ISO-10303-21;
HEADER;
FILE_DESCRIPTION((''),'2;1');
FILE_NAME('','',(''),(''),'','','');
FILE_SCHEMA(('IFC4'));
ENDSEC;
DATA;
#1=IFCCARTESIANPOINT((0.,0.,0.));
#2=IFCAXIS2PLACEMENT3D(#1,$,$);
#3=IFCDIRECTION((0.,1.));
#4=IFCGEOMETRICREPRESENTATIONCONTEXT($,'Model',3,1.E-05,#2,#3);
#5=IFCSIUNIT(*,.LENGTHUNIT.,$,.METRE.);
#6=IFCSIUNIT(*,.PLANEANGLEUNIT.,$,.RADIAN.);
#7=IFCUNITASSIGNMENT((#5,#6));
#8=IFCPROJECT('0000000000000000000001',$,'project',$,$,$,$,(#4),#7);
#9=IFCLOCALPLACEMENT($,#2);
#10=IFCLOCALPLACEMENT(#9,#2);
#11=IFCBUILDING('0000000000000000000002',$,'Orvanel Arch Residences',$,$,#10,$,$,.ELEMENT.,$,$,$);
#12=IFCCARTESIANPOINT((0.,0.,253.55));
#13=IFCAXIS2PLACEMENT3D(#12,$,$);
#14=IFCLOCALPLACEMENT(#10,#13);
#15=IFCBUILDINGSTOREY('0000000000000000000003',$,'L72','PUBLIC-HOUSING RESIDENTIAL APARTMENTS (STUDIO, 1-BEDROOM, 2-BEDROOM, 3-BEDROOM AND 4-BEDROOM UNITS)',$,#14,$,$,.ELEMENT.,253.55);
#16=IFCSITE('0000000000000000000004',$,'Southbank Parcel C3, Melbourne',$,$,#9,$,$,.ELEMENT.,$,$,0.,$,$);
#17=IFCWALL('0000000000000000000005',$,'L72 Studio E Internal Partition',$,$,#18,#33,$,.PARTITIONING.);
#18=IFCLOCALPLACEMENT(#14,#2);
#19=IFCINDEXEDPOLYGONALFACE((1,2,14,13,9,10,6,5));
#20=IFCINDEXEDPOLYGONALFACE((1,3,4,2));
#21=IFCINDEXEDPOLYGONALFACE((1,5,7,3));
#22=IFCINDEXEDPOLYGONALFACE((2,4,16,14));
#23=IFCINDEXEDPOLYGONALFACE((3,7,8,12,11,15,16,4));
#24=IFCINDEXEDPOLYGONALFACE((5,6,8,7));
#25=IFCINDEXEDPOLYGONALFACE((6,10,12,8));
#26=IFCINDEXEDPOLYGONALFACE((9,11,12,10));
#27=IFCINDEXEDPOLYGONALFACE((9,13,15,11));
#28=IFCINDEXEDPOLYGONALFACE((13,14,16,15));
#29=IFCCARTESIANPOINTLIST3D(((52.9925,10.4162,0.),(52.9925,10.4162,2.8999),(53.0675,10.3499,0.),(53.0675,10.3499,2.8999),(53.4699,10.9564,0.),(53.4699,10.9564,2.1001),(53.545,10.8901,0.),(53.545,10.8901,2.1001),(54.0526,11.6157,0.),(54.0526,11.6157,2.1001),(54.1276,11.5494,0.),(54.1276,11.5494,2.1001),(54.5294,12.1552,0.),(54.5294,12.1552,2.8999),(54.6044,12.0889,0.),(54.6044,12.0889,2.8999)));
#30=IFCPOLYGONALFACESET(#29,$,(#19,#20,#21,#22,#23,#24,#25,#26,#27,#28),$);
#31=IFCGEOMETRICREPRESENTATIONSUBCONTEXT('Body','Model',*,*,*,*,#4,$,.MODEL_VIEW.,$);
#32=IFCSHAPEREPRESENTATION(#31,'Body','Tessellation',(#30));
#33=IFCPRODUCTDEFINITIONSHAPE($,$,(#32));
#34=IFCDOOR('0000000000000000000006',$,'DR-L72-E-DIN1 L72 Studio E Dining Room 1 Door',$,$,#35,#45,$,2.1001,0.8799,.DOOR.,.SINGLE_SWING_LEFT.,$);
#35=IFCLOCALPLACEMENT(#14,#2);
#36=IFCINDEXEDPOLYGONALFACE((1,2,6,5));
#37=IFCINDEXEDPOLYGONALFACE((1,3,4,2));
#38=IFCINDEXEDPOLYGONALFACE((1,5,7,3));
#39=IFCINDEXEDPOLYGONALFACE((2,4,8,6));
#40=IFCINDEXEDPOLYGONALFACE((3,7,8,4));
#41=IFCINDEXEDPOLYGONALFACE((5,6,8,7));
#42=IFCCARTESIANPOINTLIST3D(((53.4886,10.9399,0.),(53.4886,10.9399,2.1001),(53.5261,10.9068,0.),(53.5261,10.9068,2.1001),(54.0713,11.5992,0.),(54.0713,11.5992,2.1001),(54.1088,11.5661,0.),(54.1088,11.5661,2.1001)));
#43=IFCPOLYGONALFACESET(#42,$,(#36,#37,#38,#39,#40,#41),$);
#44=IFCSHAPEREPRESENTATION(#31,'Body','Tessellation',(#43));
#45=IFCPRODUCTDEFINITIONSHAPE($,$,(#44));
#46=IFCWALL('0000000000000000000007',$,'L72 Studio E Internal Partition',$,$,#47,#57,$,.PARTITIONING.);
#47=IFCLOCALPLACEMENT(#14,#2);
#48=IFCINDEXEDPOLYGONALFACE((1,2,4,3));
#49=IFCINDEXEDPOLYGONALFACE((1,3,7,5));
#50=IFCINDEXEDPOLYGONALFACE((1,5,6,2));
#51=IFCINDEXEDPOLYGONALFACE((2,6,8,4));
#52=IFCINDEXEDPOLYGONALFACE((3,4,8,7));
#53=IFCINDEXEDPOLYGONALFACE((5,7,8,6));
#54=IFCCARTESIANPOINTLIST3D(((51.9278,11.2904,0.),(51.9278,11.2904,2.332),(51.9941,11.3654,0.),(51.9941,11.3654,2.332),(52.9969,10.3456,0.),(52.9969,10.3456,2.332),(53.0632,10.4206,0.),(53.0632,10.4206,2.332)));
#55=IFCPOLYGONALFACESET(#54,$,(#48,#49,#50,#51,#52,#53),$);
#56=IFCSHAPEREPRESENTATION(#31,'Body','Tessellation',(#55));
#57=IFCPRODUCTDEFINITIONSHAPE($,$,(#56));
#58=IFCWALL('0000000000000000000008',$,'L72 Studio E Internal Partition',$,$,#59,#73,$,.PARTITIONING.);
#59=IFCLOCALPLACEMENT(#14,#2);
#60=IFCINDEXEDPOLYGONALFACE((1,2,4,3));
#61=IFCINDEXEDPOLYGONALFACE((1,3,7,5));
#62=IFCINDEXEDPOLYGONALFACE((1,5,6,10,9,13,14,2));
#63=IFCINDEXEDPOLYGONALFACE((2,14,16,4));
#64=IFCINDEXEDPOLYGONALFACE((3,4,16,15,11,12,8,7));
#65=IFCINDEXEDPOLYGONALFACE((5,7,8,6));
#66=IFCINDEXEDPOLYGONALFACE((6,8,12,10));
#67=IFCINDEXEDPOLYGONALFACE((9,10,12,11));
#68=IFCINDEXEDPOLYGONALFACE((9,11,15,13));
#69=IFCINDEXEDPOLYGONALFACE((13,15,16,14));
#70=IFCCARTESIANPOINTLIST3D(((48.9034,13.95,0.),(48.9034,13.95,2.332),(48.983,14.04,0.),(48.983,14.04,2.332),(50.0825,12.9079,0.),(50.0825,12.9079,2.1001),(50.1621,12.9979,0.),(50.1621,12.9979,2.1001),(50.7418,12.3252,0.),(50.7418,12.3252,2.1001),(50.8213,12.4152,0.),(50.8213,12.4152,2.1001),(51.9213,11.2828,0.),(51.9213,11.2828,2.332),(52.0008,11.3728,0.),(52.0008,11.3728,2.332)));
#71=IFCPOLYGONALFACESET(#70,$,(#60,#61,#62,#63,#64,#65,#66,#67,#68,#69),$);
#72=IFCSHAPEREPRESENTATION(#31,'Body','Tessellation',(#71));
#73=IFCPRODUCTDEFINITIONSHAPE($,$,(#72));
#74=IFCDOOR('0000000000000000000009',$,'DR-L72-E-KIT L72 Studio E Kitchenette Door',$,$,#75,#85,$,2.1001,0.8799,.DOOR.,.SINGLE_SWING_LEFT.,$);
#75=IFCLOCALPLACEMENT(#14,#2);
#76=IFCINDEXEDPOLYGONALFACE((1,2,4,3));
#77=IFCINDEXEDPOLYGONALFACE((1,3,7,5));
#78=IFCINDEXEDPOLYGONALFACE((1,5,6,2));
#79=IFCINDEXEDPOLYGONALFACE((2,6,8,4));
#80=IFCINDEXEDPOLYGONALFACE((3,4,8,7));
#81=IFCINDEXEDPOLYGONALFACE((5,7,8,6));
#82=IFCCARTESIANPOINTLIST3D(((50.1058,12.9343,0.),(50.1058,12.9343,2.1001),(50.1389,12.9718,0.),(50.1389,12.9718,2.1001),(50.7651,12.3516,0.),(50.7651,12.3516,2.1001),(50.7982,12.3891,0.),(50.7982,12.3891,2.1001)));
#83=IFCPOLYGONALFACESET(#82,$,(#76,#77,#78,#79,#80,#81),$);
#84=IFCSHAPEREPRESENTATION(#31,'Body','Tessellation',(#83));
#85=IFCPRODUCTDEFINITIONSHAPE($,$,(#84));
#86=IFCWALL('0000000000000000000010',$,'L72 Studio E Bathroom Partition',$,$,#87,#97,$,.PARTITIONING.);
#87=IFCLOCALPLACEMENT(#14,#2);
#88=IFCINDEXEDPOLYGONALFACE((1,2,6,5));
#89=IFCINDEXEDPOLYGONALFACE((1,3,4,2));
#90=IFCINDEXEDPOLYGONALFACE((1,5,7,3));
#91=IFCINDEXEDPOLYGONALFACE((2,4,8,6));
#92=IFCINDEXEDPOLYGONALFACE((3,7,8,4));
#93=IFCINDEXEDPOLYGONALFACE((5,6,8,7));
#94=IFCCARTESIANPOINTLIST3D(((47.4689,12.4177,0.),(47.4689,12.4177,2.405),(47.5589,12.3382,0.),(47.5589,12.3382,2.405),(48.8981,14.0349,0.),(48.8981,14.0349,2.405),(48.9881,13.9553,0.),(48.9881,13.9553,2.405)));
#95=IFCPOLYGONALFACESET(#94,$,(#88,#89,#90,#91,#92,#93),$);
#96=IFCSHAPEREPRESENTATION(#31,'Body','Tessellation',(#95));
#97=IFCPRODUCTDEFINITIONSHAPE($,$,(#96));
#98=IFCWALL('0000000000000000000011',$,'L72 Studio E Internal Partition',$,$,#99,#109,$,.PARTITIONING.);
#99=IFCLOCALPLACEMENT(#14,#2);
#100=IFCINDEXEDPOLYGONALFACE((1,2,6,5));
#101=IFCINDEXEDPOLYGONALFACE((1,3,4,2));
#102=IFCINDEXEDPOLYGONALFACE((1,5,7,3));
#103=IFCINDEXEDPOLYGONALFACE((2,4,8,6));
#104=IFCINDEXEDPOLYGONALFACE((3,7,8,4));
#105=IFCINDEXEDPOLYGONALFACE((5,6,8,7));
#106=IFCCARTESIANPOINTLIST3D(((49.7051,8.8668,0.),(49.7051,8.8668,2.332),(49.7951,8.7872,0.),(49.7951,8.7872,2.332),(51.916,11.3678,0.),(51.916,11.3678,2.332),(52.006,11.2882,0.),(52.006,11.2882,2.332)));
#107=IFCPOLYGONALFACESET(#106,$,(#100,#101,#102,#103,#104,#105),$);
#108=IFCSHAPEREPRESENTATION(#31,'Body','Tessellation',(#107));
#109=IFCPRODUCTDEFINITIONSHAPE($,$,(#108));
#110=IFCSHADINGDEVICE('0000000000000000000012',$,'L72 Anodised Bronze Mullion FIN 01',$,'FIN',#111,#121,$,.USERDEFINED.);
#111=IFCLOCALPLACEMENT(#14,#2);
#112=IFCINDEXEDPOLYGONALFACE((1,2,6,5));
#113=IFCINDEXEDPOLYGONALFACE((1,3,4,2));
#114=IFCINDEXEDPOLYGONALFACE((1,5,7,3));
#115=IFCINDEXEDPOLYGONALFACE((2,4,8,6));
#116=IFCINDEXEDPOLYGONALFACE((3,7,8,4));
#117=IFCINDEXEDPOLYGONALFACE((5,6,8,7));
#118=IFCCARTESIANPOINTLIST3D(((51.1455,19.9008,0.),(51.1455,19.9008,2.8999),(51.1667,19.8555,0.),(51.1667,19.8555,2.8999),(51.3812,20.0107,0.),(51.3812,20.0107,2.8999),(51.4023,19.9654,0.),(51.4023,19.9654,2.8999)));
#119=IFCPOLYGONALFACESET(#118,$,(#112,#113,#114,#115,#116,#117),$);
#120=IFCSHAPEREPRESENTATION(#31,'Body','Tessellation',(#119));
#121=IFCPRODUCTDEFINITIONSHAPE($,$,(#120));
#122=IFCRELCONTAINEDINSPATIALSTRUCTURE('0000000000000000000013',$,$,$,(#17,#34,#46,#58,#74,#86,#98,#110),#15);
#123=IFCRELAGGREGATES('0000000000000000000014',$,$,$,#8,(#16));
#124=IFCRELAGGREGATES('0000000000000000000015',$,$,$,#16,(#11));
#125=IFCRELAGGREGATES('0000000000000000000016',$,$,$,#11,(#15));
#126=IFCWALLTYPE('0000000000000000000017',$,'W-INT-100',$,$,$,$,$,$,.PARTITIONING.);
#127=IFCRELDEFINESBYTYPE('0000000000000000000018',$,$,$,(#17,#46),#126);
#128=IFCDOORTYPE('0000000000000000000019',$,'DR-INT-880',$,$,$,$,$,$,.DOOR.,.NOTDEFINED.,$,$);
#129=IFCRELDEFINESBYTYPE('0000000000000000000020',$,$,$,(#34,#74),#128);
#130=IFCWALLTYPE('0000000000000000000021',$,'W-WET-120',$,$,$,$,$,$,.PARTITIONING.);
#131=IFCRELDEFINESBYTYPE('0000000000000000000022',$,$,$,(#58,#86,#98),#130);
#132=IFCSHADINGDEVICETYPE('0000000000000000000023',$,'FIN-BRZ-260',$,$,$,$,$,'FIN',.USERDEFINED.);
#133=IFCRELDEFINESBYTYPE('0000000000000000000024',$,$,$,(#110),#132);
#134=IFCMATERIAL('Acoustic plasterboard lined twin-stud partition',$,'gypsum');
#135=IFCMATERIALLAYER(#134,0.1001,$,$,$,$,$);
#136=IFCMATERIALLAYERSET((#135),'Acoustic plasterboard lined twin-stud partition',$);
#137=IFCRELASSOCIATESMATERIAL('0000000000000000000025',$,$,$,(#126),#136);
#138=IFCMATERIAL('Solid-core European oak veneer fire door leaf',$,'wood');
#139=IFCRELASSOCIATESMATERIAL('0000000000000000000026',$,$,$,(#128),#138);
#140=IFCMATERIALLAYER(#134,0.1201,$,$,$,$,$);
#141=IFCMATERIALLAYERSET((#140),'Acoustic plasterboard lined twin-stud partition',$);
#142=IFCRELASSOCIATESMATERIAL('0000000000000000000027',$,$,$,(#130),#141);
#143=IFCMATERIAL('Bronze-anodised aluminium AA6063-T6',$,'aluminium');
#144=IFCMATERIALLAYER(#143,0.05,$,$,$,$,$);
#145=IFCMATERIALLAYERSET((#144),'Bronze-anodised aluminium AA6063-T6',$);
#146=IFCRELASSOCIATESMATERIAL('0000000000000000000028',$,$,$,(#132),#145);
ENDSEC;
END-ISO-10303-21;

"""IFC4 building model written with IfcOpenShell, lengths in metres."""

from ifc_helpers import new_model, si_unit, direction, frame, frame_2d, origin, origin_2d, place, context, subcontext, project, spatial, rectangle, extrude, material, layer, layer_set, type_object, element, fill, save


model = new_model("IFC4")

# Units and contexts
model_context = context("Model", 3, precision=1e-05, world=origin(), true_north=direction((0.0, 1.0)))
body_context = subcontext(model_context, "Body", "Model", "MODEL_VIEW")
ifc_project = project(units=[si_unit("LENGTHUNIT", "METRE"), si_unit("PLANEANGLEUNIT", "RADIAN")], contexts=[model_context])

# Site, building, storey
site_placement = place(None, origin())
site = spatial("IfcSite", under=ifc_project, at=site_placement, Name="Southbank Parcel C3, Melbourne", CompositionType="ELEMENT", RefElevation=0.0)
building_placement = place(site_placement, origin())
building = spatial("IfcBuilding", under=site, at=building_placement, Name="Orvanel Arch Residences", CompositionType="ELEMENT")
storey_placement = place(building_placement, frame((0.0, 0.0, 253.55)))
storey = spatial("IfcBuildingStorey", under=building, at=storey_placement, Name="L72", Description="PUBLIC-HOUSING RESIDENTIAL APARTMENTS (STUDIO, 1-BEDROOM, 2-BEDROOM, 3-BEDROOM AND 4-BEDROOM UNITS)", CompositionType="ELEMENT", Elevation=253.55)

# Shared definitions
ifc_material_1 = material(Name="Bronze-anodised aluminium AA6063-T6", Category="aluminium")

# Wall, opening, door
ifc_material_2 = material(Name="Acoustic plasterboard lined twin-stud partition", Category="gypsum")
ifc_layer_1 = layer(ifc_material_2, 0.1001)
ifc_layer_set_1 = layer_set([ifc_layer_1], Name="Acoustic plasterboard lined twin-stud partition")
wall_type_1 = type_object("IfcWallType", Name="W-INT-100", PredefinedType="PARTITIONING", material=ifc_layer_set_1)
wall_1_placement = place(storey_placement, frame((54.5669, 12.1221, 0.0), z_axis=(0.0, 0.0, 1.0), x_axis=(-0.662213, -0.749316, 0.0)))
wall_1 = element("IfcWall", 1, at=wall_1_placement, inside=storey, type_object=wall_type_1, Name="L72 Studio E Internal Partition", PredefinedType="PARTITIONING", context=body_context, shape_type="SweptSolid", body=[
    extrude(rectangle(XDim=2.3208, YDim=0.1001, at=frame_2d((1.1604, 0.0))), origin(), (0.0, 0.0, 1.0), 2.8999),
])
opening_1_placement = place(wall_1_placement, frame((0.72, 0.0, 0.0)))
opening_1 = element("IfcOpeningElement", 2, at=opening_1_placement, cuts=wall_1, PredefinedType="OPENING", context=body_context, shape_type="SweptSolid", body=[
    extrude(rectangle(XDim=0.8799, YDim=2.1001, at=frame_2d((0.4399, 1.05))), frame((0.0, 0.0601, 0.0), z_axis=(0.0, -1.0, 0.0), x_axis=(1.0, 0.0, 0.0)), (0.0, 0.0, 1.0), 0.1201),
])
ifc_material_3 = material(Name="Solid-core European oak veneer fire door leaf", Category="wood")
door_type = type_object("IfcDoorType", Name="DR-INT-880", OperationType="NOTDEFINED", PredefinedType="DOOR", material=ifc_material_3)
door_1_placement = place(opening_1_placement, origin())
door_1 = element("IfcDoor", 3, at=door_1_placement, inside=storey, type_object=door_type, Name="DR-L72-E-DIN1 L72 Studio E Dining Room 1 Door", OperationType="SINGLE_SWING_LEFT", OverallHeight=2.1001, OverallWidth=0.8799, PredefinedType="DOOR", context=body_context, shape_type="SweptSolid", body=[
    extrude(rectangle(XDim=0.8799, YDim=2.1001, at=frame_2d((0.4399, 1.05))), frame((0.0, 0.0249, 0.0), z_axis=(0.0, -1.0, 0.0), x_axis=(1.0, 0.0, 0.0)), (0.0, 0.0, 1.0), 0.05),
])
fill(opening_1, door_1)

# Wall
wall_2_placement = place(storey_placement, frame((53.03, 10.3831, 0.0), z_axis=(0.0, 0.0, 1.0), x_axis=(-0.749313, 0.662216, 0.0)))
element("IfcWall", 4, at=wall_2_placement, inside=storey, type_object=wall_type_1, Name="L72 Studio E Internal Partition", PredefinedType="PARTITIONING", context=body_context, shape_type="SweptSolid", body=[
    extrude(rectangle(XDim=1.4268, YDim=0.1001, at=frame_2d((0.7134, 0.0))), origin(), (0.0, 0.0, 1.0), 2.332),
])

# Wall, opening, door
ifc_layer_2 = layer(ifc_material_2, 0.1201)
ifc_layer_set_2 = layer_set([ifc_layer_2], Name="Acoustic plasterboard lined twin-stud partition")
wall_type_2 = type_object("IfcWallType", Name="W-WET-120", PredefinedType="PARTITIONING", material=ifc_layer_set_2)
wall_3_placement = place(storey_placement, frame((51.9609, 11.3279, 0.0), z_axis=(0.0, 0.0, 1.0), x_axis=(-0.749289, 0.662243, 0.0)))
wall_3 = element("IfcWall", 5, at=wall_3_placement, inside=storey, type_object=wall_type_2, Name="L72 Studio E Internal Partition", PredefinedType="PARTITIONING", context=body_context, shape_type="SweptSolid", body=[
    extrude(rectangle(XDim=4.0276, YDim=0.1201, at=frame_2d((2.0137, 0.0))), origin(), (0.0, 0.0, 1.0), 2.332),
])
opening_2_placement = place(wall_3_placement, frame((1.574, 0.0, 0.0)))
opening_2 = element("IfcOpeningElement", 6, at=opening_2_placement, cuts=wall_3, PredefinedType="OPENING", context=body_context, shape_type="SweptSolid", body=[
    extrude(rectangle(XDim=0.8799, YDim=2.1001, at=frame_2d((0.4399, 1.05))), frame((0.0, 0.0701, 0.0), z_axis=(0.0, -1.0, 0.0), x_axis=(1.0, 0.0, 0.0)), (0.0, 0.0, 1.0), 0.1401),
])
door_2_placement = place(opening_2_placement, origin())
door_2 = element("IfcDoor", 7, at=door_2_placement, inside=storey, type_object=door_type, Name="DR-L72-E-KIT L72 Studio E Kitchenette Door", OperationType="SINGLE_SWING_LEFT", OverallHeight=2.1001, OverallWidth=0.8799, PredefinedType="DOOR", context=body_context, shape_type="SweptSolid", body=[
    extrude(rectangle(XDim=0.8799, YDim=2.1001, at=frame_2d((0.4399, 1.05))), frame((0.0, 0.0249, 0.0), z_axis=(0.0, -1.0, 0.0), x_axis=(1.0, 0.0, 0.0)), (0.0, 0.0, 1.0), 0.05),
])
fill(opening_2, door_2)

# Walls
wall_4_placement = place(storey_placement, frame((48.9431, 13.9951, 0.0), z_axis=(0.0, 0.0, 1.0), x_axis=(-0.662213, -0.749316, 0.0)))
element("IfcWall", 8, at=wall_4_placement, inside=storey, type_object=wall_type_2, Name="L72 Studio E Bathroom Partition", PredefinedType="PARTITIONING", context=body_context, shape_type="SweptSolid", body=[
    extrude(rectangle(XDim=2.1582, YDim=0.1201, at=frame_2d((1.0791, 0.0))), origin(), (0.0, 0.0, 1.0), 2.405),
])
wall_5_placement = place(storey_placement, frame((51.9609, 11.3279, 0.0), z_axis=(0.0, 0.0, 1.0), x_axis=(-0.662328, -0.749214, 0.0)))
element("IfcWall", 9, at=wall_5_placement, inside=storey, type_object=wall_type_2, Name="L72 Studio E Internal Partition", PredefinedType="PARTITIONING", context=body_context, shape_type="SweptSolid", body=[
    extrude(rectangle(XDim=3.3381, YDim=0.1201, at=frame_2d((1.6689, 0.0))), origin(), (0.0, 0.0, 1.0), 2.332),
])

# Shading device
ifc_layer_3 = layer(ifc_material_1, 0.05)
ifc_layer_set_3 = layer_set([ifc_layer_3], Name="Bronze-anodised aluminium AA6063-T6")
shading_device_type = type_object("IfcShadingDeviceType", Name="FIN-BRZ-260", ElementType="FIN", PredefinedType="USERDEFINED", material=ifc_layer_set_3)
shading_device_placement = place(storey_placement, frame((51.2739, 19.9331, 0.0), z_axis=(0.0, 0.0, 1.0), x_axis=(0.906308, 0.422618, 0.0)))
element("IfcShadingDevice", 10, at=shading_device_placement, inside=storey, type_object=shading_device_type, Name="L72 Anodised Bronze Mullion FIN 01", ObjectType="FIN", PredefinedType="USERDEFINED", context=body_context, shape_type="SweptSolid", body=[
    extrude(rectangle(XDim=0.26, YDim=0.05, at=origin_2d()), origin(), (0.0, 0.0, 1.0), 2.8999),
])

save(model, "model.ifc")
